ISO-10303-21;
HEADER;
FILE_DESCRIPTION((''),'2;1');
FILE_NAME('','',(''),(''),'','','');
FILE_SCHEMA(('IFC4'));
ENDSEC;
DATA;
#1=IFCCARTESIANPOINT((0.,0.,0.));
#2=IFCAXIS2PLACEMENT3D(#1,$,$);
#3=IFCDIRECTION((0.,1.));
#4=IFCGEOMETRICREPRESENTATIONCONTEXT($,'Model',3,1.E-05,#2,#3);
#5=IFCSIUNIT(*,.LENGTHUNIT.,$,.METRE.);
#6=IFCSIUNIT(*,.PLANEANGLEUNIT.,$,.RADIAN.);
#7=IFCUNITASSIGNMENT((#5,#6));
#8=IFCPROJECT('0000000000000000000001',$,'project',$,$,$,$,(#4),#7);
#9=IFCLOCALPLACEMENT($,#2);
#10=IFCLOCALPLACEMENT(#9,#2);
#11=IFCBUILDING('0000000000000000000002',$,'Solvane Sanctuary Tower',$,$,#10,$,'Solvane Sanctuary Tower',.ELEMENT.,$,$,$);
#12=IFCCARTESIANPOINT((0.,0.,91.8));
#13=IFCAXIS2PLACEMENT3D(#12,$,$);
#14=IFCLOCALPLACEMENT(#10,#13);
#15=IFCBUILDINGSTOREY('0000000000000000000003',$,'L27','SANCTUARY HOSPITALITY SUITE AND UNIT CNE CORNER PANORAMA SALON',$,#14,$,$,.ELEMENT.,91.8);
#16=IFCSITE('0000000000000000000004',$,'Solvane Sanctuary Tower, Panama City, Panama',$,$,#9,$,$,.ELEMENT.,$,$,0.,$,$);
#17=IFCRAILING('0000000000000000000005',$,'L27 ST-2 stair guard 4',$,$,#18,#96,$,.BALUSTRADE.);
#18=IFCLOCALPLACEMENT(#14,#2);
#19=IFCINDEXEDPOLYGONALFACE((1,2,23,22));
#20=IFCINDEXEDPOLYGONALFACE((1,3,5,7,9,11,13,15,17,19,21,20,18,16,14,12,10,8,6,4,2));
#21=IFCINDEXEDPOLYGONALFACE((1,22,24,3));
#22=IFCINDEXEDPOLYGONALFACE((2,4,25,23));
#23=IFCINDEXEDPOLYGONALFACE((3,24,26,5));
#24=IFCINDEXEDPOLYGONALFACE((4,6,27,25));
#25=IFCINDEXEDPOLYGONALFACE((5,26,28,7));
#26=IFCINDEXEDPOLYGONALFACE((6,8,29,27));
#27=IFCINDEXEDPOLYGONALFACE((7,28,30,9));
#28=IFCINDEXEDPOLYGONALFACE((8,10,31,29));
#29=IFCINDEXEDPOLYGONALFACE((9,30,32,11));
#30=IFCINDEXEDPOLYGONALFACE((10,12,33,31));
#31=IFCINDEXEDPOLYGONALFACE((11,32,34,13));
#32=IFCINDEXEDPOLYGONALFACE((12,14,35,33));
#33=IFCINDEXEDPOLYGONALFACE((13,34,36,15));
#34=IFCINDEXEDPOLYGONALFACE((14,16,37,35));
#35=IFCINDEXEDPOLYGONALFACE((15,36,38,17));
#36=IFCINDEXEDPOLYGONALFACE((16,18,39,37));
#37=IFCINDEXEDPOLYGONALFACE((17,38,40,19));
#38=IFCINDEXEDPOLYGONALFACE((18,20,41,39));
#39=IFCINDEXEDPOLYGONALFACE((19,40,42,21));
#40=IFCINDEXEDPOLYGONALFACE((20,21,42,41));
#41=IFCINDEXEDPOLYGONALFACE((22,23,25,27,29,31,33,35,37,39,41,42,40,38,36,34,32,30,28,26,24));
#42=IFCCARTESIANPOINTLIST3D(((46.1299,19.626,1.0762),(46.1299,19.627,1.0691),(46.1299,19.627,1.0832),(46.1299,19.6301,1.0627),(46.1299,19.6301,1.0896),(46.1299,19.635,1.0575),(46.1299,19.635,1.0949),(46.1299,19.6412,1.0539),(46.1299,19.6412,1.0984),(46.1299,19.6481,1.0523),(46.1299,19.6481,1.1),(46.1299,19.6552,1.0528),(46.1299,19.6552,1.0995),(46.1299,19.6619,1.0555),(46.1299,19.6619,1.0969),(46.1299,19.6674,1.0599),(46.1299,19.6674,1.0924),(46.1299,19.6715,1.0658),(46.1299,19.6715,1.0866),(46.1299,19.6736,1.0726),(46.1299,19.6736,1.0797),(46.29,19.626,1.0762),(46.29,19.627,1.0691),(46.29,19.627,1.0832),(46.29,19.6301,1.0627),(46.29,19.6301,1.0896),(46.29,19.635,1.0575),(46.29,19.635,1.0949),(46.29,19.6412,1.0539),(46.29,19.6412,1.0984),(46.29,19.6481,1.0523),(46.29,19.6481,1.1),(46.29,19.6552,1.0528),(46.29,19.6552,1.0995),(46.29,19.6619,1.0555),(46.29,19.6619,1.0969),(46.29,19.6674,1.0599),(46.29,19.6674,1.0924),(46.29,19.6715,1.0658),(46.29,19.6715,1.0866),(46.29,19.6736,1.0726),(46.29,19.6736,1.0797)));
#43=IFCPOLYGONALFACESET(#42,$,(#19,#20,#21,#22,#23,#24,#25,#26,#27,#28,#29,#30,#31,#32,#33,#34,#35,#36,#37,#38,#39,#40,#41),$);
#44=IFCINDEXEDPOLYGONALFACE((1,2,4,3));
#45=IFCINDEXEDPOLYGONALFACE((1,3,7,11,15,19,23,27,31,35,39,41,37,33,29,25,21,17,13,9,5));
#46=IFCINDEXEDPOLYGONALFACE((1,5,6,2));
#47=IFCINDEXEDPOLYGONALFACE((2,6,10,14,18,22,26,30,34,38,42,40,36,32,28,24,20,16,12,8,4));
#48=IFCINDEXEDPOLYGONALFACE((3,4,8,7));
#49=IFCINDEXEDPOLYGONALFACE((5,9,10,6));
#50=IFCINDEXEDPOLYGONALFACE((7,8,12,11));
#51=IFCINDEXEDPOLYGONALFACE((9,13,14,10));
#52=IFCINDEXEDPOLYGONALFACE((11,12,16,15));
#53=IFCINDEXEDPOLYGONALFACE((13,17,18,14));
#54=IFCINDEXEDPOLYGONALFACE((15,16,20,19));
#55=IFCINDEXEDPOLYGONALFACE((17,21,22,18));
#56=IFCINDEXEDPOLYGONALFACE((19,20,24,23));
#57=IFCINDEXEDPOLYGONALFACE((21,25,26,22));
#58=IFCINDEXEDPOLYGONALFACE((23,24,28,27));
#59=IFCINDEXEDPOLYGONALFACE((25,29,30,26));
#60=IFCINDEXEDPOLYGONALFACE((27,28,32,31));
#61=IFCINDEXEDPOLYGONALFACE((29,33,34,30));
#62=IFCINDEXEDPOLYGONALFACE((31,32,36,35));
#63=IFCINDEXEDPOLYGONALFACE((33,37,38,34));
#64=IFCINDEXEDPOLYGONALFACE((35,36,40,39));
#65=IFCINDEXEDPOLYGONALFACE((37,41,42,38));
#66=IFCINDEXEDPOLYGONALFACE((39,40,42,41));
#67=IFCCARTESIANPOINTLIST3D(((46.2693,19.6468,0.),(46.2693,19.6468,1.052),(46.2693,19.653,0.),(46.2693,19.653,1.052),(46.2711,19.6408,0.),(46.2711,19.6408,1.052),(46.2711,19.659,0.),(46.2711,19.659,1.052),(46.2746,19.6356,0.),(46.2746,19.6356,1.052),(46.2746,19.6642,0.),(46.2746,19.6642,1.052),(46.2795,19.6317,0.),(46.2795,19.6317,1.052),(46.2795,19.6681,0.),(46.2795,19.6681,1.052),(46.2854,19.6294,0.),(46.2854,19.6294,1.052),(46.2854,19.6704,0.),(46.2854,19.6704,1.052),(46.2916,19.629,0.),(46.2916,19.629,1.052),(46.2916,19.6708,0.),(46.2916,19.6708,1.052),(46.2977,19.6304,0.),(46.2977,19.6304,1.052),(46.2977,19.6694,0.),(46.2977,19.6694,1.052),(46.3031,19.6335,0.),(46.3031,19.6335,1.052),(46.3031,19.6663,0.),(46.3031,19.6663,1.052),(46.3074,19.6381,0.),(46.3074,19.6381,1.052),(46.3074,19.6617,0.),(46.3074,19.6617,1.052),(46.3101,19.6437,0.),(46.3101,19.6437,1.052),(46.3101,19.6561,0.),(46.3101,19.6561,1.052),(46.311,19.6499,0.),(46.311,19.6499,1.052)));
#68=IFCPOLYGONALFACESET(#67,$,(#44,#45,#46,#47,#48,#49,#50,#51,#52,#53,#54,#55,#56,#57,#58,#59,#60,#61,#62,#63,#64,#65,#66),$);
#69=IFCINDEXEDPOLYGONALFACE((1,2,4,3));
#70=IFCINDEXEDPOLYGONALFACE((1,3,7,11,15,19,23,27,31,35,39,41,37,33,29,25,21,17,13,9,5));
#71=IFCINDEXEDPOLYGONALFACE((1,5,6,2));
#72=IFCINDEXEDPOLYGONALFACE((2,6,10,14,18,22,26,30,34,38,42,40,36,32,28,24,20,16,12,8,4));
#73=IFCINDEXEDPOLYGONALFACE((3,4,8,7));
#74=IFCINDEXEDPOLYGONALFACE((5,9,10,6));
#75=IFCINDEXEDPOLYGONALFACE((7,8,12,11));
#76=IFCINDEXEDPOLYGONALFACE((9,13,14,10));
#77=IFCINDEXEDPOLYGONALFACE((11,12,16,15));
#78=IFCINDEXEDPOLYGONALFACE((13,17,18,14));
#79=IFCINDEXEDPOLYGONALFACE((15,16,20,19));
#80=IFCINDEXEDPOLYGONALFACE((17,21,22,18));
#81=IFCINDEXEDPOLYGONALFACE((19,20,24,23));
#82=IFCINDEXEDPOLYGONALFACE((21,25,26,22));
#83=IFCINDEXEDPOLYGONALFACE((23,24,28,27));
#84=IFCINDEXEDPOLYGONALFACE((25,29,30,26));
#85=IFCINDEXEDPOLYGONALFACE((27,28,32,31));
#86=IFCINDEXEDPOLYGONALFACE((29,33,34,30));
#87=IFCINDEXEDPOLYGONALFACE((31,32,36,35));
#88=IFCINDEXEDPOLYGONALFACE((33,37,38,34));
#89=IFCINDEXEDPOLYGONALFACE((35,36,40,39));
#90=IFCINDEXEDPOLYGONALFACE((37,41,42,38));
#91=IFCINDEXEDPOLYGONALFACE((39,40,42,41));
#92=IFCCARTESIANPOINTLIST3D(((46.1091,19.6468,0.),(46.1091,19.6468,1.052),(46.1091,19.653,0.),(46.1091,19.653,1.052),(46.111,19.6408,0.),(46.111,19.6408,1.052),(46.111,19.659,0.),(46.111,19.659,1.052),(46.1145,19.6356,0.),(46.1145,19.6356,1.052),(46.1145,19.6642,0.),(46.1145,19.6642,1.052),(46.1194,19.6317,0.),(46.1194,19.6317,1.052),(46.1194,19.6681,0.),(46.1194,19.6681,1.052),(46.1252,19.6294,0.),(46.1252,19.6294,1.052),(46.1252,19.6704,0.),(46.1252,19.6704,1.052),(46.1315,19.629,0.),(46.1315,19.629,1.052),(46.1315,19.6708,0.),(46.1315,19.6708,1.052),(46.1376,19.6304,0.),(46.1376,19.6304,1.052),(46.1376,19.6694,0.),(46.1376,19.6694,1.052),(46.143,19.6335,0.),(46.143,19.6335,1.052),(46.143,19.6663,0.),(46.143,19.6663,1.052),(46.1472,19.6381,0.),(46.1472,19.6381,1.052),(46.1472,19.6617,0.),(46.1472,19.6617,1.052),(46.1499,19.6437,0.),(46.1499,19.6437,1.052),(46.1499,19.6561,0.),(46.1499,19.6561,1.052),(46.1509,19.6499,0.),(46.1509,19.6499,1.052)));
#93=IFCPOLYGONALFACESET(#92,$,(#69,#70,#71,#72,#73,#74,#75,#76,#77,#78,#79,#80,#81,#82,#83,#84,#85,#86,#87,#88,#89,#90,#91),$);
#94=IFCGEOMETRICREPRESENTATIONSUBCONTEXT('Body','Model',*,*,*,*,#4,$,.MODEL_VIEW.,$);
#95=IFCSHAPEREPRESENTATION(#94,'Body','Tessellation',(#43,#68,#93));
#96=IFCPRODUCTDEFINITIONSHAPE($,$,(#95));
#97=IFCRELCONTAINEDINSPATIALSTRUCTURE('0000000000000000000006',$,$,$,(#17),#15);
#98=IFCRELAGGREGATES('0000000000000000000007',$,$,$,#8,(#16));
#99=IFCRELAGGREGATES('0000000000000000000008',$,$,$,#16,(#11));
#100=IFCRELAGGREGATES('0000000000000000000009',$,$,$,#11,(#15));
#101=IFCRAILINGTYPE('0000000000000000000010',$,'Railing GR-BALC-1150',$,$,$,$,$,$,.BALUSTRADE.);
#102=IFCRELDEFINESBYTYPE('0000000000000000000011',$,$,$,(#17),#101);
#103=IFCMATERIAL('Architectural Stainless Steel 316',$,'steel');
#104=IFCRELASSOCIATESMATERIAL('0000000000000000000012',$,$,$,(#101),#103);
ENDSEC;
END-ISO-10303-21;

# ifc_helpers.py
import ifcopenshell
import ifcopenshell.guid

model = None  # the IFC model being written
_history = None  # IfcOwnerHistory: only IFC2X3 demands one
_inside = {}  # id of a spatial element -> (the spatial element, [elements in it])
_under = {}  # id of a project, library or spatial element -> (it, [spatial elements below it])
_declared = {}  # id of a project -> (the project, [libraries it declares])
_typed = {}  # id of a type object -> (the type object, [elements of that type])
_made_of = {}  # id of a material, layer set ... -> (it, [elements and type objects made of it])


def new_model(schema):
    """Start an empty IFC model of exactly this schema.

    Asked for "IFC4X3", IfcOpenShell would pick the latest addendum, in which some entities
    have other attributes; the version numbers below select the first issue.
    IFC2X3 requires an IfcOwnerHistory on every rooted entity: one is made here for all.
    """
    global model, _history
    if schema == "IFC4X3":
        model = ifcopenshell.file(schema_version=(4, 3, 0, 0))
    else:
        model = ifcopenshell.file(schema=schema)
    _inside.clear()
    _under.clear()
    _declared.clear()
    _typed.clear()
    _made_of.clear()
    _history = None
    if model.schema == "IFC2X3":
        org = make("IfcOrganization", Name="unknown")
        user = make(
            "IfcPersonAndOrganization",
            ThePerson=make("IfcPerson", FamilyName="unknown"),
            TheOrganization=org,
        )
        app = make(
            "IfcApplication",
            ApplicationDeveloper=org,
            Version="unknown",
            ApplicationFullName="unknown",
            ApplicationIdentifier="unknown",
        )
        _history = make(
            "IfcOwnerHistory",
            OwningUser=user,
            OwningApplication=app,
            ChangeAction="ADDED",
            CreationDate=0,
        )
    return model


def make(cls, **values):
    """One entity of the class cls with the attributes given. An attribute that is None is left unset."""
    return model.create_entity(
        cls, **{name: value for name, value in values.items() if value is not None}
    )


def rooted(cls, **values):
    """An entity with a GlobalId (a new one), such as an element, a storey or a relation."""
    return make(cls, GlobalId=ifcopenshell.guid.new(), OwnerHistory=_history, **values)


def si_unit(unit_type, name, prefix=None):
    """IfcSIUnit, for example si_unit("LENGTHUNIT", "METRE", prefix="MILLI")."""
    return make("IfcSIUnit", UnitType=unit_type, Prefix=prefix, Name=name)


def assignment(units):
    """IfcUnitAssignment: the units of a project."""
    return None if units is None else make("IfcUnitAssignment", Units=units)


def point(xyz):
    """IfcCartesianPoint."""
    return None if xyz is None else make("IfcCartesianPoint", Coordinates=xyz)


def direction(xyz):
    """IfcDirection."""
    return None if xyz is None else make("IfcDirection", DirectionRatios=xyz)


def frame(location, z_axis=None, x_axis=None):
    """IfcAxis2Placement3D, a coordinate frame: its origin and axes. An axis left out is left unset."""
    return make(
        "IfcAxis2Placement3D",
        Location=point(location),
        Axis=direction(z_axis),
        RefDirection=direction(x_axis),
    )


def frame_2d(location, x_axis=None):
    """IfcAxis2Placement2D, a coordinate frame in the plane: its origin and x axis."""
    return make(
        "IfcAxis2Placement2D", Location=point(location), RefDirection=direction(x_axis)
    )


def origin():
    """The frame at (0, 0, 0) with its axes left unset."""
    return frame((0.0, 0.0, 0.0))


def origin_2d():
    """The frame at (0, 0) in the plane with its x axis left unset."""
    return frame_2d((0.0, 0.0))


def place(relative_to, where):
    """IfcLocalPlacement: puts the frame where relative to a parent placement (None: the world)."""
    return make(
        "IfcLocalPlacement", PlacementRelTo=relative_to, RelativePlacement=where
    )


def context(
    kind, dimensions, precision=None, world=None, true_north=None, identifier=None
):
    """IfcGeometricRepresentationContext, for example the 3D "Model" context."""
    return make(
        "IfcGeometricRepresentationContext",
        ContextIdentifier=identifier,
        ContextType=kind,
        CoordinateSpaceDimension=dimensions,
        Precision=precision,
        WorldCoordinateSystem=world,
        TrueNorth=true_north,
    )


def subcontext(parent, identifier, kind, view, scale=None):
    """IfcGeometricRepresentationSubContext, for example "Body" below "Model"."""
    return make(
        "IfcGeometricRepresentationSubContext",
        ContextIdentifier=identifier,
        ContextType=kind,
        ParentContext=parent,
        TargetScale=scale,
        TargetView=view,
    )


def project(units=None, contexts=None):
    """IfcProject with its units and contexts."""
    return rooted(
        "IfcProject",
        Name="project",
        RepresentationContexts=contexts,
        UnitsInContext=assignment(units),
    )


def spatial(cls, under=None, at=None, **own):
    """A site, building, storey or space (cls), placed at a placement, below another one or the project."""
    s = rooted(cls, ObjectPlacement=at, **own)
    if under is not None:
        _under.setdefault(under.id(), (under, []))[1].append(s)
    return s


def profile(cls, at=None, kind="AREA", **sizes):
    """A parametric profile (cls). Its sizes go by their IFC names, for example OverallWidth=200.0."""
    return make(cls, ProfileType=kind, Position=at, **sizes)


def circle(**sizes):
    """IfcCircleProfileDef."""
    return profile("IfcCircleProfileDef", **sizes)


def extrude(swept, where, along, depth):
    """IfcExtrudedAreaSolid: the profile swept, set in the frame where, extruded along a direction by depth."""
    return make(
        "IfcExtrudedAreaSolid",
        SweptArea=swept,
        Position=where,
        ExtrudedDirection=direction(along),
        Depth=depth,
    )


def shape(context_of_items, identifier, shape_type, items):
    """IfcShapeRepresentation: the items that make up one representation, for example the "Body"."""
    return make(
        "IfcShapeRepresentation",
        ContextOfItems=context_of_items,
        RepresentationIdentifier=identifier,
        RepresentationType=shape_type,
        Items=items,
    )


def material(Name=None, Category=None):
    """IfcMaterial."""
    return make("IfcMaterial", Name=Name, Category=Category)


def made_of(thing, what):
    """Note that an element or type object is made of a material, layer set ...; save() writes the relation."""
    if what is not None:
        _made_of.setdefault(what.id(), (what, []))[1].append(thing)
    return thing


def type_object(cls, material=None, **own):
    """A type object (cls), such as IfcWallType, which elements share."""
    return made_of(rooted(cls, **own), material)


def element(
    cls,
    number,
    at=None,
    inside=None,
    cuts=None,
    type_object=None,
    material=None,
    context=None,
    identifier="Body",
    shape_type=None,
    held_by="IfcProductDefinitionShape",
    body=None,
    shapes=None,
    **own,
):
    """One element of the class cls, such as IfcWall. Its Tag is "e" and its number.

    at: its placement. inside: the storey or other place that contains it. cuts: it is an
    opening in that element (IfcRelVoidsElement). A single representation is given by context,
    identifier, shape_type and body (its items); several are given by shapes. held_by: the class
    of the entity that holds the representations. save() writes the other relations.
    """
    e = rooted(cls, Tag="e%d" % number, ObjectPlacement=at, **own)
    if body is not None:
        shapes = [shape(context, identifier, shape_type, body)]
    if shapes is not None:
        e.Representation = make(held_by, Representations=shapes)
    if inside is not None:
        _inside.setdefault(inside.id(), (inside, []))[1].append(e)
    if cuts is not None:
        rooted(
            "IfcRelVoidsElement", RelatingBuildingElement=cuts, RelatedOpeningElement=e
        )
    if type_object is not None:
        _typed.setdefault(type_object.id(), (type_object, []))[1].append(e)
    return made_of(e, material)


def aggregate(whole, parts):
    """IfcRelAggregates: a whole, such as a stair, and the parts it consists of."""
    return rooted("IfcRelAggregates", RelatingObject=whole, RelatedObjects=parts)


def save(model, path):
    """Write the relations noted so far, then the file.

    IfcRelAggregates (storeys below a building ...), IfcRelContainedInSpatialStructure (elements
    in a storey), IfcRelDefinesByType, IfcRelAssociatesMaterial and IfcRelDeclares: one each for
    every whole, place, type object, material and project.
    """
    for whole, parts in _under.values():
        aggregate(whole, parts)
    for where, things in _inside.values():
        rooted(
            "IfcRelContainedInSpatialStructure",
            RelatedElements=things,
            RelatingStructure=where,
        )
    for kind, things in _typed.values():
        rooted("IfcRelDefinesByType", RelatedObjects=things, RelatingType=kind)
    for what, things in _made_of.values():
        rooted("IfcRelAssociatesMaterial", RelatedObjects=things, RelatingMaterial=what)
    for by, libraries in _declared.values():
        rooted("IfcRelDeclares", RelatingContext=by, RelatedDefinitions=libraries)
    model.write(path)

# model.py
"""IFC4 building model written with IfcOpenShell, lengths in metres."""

from ifc_helpers import new_model, si_unit, direction, frame, origin, origin_2d, place, context, subcontext, project, spatial, circle, extrude, material, type_object, element, save


model = new_model("IFC4")

# Units and contexts
model_context = context("Model", 3, precision=1e-05, world=origin(), true_north=direction((0.0, 1.0)))
body_context = subcontext(model_context, "Body", "Model", "MODEL_VIEW")
ifc_project = project(units=[si_unit("LENGTHUNIT", "METRE"), si_unit("PLANEANGLEUNIT", "RADIAN")], contexts=[model_context])

# Site, building, storey
site_placement = place(None, origin())
site = spatial("IfcSite", under=ifc_project, at=site_placement, Name="Solvane Sanctuary Tower, Panama City, Panama", CompositionType="ELEMENT", RefElevation=0.0)
building_placement = place(site_placement, origin())
building = spatial("IfcBuilding", under=site, at=building_placement, Name="Solvane Sanctuary Tower", LongName="Solvane Sanctuary Tower", CompositionType="ELEMENT")
storey_placement = place(building_placement, frame((0.0, 0.0, 91.8)))
storey = spatial("IfcBuildingStorey", under=building, at=storey_placement, Name="L27", Description="SANCTUARY HOSPITALITY SUITE AND UNIT CNE CORNER PANORAMA SALON", CompositionType="ELEMENT", Elevation=91.8)

# Shared definitions
ifc_material_1 = material(Name="Architectural Stainless Steel 316", Category="steel")

# Railing
railing_type = type_object("IfcRailingType", Name="Railing GR-BALC-1150", PredefinedType="BALUSTRADE", material=ifc_material_1)
railing_1_placement = place(storey_placement, frame((46.29, 19.6499, 0.0)))
element("IfcRailing", 1, at=railing_1_placement, inside=storey, type_object=railing_type, Name="L27 ST-2 stair guard 4", PredefinedType="BALUSTRADE", context=body_context, shape_type="SweptSolid", body=[
    extrude(circle(Radius=0.0239, at=origin_2d()), frame((0.0, 0.0, 1.0762), z_axis=(-1.0, 0.0, 0.0), x_axis=(0.0, -1.0, 0.0)), (0.0, 0.0, 1.0), 0.1602),
    extrude(circle(Radius=0.021, at=origin_2d()), origin(), (0.0, 0.0, 1.0), 1.052),
    extrude(circle(Radius=0.021, at=origin_2d()), frame((-0.1602, 0.0, 0.0)), (0.0, 0.0, 1.0), 1.052),
])

save(model, "model.ifc")
